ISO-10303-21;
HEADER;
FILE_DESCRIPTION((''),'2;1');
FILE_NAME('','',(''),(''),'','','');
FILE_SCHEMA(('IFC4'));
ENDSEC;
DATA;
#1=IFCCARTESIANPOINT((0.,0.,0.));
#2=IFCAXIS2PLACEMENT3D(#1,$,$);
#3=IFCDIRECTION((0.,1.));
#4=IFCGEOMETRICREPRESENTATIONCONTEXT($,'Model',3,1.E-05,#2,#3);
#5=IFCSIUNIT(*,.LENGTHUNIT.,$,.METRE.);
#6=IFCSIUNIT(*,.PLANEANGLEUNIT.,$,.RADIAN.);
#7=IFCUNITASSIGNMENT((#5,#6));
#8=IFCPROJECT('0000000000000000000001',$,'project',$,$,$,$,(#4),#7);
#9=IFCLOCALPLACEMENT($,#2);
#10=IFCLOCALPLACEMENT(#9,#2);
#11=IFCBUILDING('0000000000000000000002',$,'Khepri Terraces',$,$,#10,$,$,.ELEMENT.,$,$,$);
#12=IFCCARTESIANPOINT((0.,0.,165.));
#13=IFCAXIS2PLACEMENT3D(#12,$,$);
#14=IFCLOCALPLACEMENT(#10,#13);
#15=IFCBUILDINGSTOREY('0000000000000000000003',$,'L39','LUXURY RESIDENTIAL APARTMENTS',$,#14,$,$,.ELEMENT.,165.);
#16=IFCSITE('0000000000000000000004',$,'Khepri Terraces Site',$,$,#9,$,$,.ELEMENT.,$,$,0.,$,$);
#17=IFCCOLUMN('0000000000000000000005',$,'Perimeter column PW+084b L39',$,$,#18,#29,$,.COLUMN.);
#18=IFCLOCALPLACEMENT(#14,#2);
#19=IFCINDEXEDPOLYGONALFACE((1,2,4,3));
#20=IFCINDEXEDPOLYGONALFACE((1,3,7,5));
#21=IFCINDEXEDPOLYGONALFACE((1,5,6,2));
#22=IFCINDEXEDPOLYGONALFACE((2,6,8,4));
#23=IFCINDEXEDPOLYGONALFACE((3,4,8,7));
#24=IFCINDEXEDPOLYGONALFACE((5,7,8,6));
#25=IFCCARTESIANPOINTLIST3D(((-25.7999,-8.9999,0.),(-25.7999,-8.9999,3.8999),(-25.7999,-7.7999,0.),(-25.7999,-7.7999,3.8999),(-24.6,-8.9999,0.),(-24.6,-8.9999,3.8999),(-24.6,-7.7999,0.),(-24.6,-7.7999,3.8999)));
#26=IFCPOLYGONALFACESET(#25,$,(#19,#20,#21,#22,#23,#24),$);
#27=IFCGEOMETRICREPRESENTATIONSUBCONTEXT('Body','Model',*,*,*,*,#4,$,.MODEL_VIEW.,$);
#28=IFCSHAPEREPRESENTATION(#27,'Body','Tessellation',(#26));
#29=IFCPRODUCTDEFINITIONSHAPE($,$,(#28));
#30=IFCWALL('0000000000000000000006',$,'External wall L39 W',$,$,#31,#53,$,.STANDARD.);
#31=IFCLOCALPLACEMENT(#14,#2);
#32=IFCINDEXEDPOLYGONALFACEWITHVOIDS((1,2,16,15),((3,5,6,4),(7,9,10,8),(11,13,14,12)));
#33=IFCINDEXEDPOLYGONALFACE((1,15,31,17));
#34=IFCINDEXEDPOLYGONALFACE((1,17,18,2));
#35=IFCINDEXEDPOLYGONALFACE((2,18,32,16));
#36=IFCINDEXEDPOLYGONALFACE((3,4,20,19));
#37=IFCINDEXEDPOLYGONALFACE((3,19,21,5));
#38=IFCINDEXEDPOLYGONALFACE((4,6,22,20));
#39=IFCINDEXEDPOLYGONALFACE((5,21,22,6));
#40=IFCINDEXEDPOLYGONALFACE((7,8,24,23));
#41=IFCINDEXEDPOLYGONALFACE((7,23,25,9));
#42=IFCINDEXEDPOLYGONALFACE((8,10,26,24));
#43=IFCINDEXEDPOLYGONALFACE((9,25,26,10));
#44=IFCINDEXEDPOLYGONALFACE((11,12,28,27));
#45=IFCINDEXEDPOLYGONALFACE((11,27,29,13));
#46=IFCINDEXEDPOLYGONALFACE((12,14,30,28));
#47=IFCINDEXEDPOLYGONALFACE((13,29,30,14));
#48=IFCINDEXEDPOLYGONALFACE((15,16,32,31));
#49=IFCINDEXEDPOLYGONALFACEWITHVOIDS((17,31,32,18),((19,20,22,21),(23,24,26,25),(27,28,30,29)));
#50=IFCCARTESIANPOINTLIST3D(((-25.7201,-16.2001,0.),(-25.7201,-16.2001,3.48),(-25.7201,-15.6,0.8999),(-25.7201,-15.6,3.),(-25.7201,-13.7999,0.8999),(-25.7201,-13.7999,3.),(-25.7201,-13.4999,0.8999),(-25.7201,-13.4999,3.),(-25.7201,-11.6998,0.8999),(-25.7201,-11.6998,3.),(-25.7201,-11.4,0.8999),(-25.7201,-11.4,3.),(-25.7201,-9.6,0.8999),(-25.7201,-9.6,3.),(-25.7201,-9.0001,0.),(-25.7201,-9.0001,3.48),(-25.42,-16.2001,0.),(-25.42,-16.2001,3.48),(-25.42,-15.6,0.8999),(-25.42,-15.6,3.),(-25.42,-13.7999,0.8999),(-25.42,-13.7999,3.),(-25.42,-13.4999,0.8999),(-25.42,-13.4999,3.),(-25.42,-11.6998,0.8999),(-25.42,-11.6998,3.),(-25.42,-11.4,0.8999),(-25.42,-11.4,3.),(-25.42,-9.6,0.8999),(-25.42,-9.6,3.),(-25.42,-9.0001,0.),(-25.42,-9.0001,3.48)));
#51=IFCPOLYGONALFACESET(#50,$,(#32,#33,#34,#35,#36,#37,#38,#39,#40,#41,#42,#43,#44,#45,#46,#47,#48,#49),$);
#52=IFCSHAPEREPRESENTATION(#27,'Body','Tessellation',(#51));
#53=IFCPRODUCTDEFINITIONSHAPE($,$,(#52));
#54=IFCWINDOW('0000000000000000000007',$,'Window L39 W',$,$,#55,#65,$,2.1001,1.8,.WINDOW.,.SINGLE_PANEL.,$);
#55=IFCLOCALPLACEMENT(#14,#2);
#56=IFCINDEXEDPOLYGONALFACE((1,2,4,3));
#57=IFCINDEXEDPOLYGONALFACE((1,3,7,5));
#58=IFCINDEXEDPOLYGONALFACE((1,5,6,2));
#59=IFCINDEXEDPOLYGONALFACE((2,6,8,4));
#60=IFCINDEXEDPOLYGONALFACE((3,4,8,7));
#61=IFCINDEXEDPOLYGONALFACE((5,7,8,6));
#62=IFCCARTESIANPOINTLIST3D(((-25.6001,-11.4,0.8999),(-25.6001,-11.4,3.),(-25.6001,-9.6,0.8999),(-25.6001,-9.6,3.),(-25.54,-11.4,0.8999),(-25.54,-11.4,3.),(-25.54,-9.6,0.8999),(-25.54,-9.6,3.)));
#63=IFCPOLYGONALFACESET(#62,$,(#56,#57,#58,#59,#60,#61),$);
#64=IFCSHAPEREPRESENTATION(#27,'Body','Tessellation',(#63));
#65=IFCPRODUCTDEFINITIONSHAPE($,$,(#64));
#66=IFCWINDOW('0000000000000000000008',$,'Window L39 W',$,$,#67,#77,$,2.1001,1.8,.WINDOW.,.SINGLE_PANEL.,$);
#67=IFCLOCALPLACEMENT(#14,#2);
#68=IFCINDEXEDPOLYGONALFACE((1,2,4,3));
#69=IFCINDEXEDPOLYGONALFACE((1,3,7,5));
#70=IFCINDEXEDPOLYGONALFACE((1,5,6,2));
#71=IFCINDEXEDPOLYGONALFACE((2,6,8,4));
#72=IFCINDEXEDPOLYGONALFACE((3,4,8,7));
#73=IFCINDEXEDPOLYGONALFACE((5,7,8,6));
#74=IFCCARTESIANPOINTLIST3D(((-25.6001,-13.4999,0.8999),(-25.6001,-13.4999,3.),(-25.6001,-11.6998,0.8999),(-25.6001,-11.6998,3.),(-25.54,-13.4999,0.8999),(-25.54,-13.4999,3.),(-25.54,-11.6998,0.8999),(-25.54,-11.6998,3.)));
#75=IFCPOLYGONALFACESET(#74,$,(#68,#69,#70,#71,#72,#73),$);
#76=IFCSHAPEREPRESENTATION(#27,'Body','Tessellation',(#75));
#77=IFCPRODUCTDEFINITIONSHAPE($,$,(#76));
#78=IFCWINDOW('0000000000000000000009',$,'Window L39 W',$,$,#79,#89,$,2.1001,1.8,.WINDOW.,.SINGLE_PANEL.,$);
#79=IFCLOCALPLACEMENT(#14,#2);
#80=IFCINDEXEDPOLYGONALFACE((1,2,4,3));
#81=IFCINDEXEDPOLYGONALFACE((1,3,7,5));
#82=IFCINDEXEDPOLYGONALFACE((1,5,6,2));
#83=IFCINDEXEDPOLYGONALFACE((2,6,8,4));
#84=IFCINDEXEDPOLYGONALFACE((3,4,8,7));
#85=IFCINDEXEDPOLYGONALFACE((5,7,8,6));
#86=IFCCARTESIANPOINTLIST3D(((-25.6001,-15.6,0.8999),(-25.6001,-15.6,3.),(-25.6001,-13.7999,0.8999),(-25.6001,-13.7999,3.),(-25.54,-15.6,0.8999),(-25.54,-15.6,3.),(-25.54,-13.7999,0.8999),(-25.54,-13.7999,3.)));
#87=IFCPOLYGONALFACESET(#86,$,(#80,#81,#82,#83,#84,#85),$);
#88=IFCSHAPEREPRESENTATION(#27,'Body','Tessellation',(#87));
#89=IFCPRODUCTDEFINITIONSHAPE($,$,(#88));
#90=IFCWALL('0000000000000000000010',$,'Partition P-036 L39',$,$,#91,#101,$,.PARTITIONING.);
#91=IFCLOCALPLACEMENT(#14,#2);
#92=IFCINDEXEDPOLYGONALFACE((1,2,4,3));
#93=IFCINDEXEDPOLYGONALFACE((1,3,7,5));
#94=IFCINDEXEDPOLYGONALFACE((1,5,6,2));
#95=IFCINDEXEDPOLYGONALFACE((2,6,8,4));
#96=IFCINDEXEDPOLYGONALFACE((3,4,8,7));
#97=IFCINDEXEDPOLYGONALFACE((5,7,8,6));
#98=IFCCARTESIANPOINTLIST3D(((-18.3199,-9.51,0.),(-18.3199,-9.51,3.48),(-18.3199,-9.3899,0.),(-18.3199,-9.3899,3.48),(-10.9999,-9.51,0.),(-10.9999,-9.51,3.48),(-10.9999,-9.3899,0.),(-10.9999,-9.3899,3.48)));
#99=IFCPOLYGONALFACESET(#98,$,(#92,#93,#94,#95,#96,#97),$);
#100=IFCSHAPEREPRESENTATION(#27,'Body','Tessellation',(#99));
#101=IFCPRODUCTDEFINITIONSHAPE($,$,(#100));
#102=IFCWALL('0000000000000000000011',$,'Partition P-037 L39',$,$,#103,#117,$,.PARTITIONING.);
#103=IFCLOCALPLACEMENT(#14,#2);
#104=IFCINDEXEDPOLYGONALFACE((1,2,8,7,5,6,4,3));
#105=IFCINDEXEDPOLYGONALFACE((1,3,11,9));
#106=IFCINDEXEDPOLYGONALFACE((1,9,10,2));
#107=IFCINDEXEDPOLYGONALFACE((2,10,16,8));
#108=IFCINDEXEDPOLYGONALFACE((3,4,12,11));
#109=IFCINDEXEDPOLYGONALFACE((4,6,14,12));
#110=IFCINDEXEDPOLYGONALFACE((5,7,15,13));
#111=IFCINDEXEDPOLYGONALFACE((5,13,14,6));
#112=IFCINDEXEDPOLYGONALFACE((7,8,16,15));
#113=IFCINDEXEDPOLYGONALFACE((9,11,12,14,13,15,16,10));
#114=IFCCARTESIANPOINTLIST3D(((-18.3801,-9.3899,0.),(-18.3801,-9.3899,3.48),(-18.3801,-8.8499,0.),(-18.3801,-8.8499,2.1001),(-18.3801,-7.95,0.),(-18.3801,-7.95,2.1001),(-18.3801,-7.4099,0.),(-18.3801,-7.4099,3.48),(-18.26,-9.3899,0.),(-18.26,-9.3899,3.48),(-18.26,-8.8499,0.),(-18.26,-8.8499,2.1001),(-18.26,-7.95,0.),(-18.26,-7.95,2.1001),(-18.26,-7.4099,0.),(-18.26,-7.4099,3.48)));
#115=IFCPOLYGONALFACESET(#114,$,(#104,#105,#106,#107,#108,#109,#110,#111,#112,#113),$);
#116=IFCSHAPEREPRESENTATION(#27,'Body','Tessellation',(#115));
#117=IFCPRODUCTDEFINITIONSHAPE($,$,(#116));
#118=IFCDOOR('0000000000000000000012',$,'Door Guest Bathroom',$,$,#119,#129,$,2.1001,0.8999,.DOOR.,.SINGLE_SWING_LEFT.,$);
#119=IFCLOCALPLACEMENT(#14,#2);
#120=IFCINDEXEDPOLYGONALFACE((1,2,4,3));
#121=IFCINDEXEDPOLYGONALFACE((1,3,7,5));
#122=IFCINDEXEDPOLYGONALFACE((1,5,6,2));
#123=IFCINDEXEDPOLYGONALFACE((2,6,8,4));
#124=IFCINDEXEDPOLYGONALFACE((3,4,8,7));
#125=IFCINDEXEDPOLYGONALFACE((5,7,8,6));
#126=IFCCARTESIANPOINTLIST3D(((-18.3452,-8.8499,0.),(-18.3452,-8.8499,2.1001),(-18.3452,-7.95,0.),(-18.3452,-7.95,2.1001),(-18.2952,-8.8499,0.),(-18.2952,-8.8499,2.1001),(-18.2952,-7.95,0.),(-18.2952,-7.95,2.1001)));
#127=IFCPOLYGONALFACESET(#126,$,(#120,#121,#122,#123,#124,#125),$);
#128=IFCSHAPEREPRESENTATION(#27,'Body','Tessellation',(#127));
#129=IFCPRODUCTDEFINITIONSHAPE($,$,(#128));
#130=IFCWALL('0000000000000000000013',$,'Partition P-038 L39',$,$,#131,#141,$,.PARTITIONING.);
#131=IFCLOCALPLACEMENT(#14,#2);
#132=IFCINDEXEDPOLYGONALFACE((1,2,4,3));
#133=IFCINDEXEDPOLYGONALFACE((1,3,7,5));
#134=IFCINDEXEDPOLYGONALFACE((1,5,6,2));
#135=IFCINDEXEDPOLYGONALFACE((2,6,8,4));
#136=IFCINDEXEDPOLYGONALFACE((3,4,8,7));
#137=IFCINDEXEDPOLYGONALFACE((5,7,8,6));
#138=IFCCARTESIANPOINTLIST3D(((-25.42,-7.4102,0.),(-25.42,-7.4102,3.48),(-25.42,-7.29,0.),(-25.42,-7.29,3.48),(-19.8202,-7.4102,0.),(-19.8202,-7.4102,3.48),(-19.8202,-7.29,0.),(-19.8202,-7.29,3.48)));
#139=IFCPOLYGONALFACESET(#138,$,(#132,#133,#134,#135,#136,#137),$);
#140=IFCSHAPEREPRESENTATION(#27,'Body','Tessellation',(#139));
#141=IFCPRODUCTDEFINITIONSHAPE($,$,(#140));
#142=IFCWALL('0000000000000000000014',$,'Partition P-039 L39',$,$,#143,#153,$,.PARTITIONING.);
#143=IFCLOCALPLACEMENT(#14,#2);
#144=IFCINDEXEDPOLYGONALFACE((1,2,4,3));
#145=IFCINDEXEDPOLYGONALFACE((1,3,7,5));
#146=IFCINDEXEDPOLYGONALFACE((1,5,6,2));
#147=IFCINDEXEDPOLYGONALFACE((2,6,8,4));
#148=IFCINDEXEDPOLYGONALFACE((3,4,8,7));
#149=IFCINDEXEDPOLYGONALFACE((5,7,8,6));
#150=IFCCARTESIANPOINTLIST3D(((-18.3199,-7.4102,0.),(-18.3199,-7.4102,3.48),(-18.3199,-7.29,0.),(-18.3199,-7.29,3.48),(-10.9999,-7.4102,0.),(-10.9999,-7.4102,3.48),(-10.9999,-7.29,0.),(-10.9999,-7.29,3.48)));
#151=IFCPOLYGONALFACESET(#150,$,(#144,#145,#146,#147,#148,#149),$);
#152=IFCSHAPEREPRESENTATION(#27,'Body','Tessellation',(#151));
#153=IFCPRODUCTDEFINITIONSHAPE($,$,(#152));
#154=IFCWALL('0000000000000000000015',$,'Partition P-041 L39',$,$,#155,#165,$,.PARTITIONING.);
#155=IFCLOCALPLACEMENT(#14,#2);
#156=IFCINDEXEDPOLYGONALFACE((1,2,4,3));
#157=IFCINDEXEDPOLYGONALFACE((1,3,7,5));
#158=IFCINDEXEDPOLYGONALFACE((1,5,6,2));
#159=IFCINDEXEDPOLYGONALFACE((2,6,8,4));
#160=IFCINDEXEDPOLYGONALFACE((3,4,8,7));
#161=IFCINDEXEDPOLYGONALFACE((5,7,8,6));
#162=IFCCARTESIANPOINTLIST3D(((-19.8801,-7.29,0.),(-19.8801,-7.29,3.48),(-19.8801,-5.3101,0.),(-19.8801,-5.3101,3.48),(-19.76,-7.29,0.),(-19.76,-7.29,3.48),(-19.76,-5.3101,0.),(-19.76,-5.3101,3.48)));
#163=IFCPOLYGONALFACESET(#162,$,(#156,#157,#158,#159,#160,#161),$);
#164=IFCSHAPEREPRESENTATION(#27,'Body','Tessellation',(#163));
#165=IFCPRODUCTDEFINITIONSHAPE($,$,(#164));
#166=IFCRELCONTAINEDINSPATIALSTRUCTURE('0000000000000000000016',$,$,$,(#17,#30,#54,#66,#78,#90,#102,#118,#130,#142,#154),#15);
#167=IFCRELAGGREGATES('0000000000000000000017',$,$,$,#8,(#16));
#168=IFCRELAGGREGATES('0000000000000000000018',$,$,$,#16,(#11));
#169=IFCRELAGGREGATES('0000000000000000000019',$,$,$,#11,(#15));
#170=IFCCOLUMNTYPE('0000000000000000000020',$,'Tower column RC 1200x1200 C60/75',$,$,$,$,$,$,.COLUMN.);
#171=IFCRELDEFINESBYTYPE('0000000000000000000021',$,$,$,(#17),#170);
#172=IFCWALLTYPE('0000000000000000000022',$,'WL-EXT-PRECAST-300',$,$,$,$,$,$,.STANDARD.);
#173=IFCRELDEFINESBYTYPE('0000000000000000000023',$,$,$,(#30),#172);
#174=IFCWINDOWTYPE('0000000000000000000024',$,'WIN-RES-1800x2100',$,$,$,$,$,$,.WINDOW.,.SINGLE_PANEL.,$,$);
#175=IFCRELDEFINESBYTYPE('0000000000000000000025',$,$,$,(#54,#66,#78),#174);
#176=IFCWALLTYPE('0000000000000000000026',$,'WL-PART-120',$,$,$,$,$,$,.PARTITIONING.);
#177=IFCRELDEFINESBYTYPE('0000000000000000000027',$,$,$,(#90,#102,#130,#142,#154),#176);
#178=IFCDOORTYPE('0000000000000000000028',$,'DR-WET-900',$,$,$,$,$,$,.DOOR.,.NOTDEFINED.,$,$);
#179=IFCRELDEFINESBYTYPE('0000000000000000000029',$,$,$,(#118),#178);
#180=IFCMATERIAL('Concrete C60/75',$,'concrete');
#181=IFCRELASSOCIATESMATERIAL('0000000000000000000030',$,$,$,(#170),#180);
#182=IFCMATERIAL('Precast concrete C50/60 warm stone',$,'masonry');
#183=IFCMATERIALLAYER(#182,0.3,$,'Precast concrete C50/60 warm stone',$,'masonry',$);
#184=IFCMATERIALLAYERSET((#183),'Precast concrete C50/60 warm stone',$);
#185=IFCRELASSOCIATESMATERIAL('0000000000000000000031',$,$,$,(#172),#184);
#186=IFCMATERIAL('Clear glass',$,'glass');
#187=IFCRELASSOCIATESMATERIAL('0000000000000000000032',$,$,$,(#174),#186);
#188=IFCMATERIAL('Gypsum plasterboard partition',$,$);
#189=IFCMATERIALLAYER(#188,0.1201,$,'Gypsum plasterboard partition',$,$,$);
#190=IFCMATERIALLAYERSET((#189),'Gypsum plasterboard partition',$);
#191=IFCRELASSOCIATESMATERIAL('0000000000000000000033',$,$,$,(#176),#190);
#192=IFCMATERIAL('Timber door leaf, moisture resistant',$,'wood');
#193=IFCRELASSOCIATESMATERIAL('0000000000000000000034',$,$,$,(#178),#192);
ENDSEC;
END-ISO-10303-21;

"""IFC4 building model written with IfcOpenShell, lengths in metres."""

from ifc_helpers import new_model, si_unit, direction, frame, frame_2d, origin, origin_2d, place, context, subcontext, project, spatial, rectangle, extrude, material, layer, layer_set, material_profile, profile_set, type_object, element, fill, save


model = new_model("IFC4")

# Units and contexts
model_context = context("Model", 3, precision=1e-05, world=origin(), true_north=direction((0.0, 1.0)))
body_context = subcontext(model_context, "Body", "Model", "MODEL_VIEW")
ifc_project = project(units=[si_unit("LENGTHUNIT", "METRE"), si_unit("PLANEANGLEUNIT", "RADIAN")], contexts=[model_context])

# Site, building, storey
site_placement = place(None, origin())
site = spatial("IfcSite", under=ifc_project, at=site_placement, Name="Khepri Terraces Site", CompositionType="ELEMENT", RefElevation=0.0)
building_placement = place(site_placement, origin())
building = spatial("IfcBuilding", under=site, at=building_placement, Name="Khepri Terraces", CompositionType="ELEMENT")
storey_placement = place(building_placement, frame((0.0, 0.0, 165.0)))
storey = spatial("IfcBuildingStorey", under=building, at=storey_placement, Name="L39", Description="LUXURY RESIDENTIAL APARTMENTS", CompositionType="ELEMENT", Elevation=165.0)

# Column
ifc_material_1 = material(Name="Concrete C60/75", Category="concrete")
ifc_material_profile = material_profile(ifc_material_1, rectangle(XDim=1.2, YDim=1.2, at=origin_2d()), Name="Concrete C60/75", Category="concrete")
ifc_profile_set = profile_set([ifc_material_profile], Name="Concrete C60/75")
column_type = type_object("IfcColumnType", Name="Tower column RC 1200x1200 C60/75", PredefinedType="COLUMN", material=ifc_profile_set)
column_placement = place(storey_placement, frame((-25.2, -8.3999, 0.0), z_axis=(0.0, 0.0, 1.0), x_axis=(1.0, 0.0, 0.0)))
element("IfcColumn", 1, at=column_placement, inside=storey, type_object=column_type, Name="Perimeter column PW+084b L39", PredefinedType="COLUMN", context=body_context, shape_type="SweptSolid", body=[
    extrude(rectangle(XDim=1.2, YDim=1.2, at=origin_2d()), origin(), (0.0, 0.0, 1.0), 3.8999),
])

# Shared definitions
ifc_material_2 = material(Name="Precast concrete C50/60 warm stone", Category="masonry")
ifc_layer_1 = layer(ifc_material_2, 0.3, Name="Precast concrete C50/60 warm stone", Category="masonry")
ifc_layer_set_1 = layer_set([ifc_layer_1], Name="Precast concrete C50/60 warm stone")
wall_type_1 = type_object("IfcWallType", Name="WL-EXT-PRECAST-300", PredefinedType="STANDARD", material=ifc_layer_set_1)
ifc_material_3 = material(Name="Clear glass", Category="glass")
window_type = type_object("IfcWindowType", Name="WIN-RES-1800x2100", PartitioningType="SINGLE_PANEL", PredefinedType="WINDOW", material=ifc_material_3)

# Wall, openings, windows
wall_1_placement = place(storey_placement, frame((-25.5701, -9.0, 0.0), z_axis=(0.0, 0.0, 1.0), x_axis=(0.0, -1.0, 0.0)))
wall_1 = element("IfcWall", 2, at=wall_1_placement, inside=storey, type_object=wall_type_1, Name="External wall L39 W", PredefinedType="STANDARD", context=body_context, shape_type="SweptSolid", body=[
    extrude(rectangle(XDim=7.2, YDim=0.3, at=frame_2d((3.6001, 0.0))), origin(), (0.0, 0.0, 1.0), 3.48),
])
opening_1_placement = place(wall_1_placement, frame((0.6001, 0.0, 0.8999)))
opening_1 = element("IfcOpeningElement", 3, at=opening_1_placement, cuts=wall_1, PredefinedType="OPENING", context=body_context, shape_type="SweptSolid", body=[
    extrude(rectangle(XDim=1.8, YDim=2.1001, at=frame_2d((0.8999, 1.05))), frame((0.0, 0.1602, 0.0), z_axis=(0.0, -1.0, 0.0), x_axis=(1.0, 0.0, 0.0)), (0.0, 0.0, 1.0), 0.3201),
])
opening_2_placement = place(wall_1_placement, frame((2.7, 0.0, 0.8999)))
opening_2 = element("IfcOpeningElement", 4, at=opening_2_placement, cuts=wall_1, PredefinedType="OPENING", context=body_context, shape_type="SweptSolid", body=[
    extrude(rectangle(XDim=1.8, YDim=2.1001, at=frame_2d((0.8999, 1.05))), frame((0.0, 0.1602, 0.0), z_axis=(0.0, -1.0, 0.0), x_axis=(1.0, 0.0, 0.0)), (0.0, 0.0, 1.0), 0.3201),
])
opening_3_placement = place(wall_1_placement, frame((4.8, 0.0, 0.8999)))
opening_3 = element("IfcOpeningElement", 5, at=opening_3_placement, cuts=wall_1, PredefinedType="OPENING", context=body_context, shape_type="SweptSolid", body=[
    extrude(rectangle(XDim=1.8, YDim=2.1001, at=frame_2d((0.8999, 1.05))), frame((0.0, 0.1602, 0.0), z_axis=(0.0, -1.0, 0.0), x_axis=(1.0, 0.0, 0.0)), (0.0, 0.0, 1.0), 0.3201),
])
window_1_placement = place(opening_1_placement, origin())
window_1 = element("IfcWindow", 6, at=window_1_placement, inside=storey, type_object=window_type, Name="Window L39 W", OverallHeight=2.1001, OverallWidth=1.8, PartitioningType="SINGLE_PANEL", PredefinedType="WINDOW", context=body_context, shape_type="SweptSolid", body=[
    extrude(rectangle(XDim=1.8, YDim=2.1001, at=frame_2d((0.8999, 1.05))), frame((0.0, 0.03, 0.0), z_axis=(0.0, -1.0, 0.0), x_axis=(1.0, 0.0, 0.0)), (0.0, 0.0, 1.0), 0.0601),
])
fill(opening_1, window_1)
window_2_placement = place(opening_2_placement, origin())
window_2 = element("IfcWindow", 7, at=window_2_placement, inside=storey, type_object=window_type, Name="Window L39 W", OverallHeight=2.1001, OverallWidth=1.8, PartitioningType="SINGLE_PANEL", PredefinedType="WINDOW", context=body_context, shape_type="SweptSolid", body=[
    extrude(rectangle(XDim=1.8, YDim=2.1001, at=frame_2d((0.8999, 1.05))), frame((0.0, 0.03, 0.0), z_axis=(0.0, -1.0, 0.0), x_axis=(1.0, 0.0, 0.0)), (0.0, 0.0, 1.0), 0.0601),
])
fill(opening_2, window_2)
window_3_placement = place(opening_3_placement, origin())
window_3 = element("IfcWindow", 8, at=window_3_placement, inside=storey, type_object=window_type, Name="Window L39 W", OverallHeight=2.1001, OverallWidth=1.8, PartitioningType="SINGLE_PANEL", PredefinedType="WINDOW", context=body_context, shape_type="SweptSolid", body=[
    extrude(rectangle(XDim=1.8, YDim=2.1001, at=frame_2d((0.8999, 1.05))), frame((0.0, 0.03, 0.0), z_axis=(0.0, -1.0, 0.0), x_axis=(1.0, 0.0, 0.0)), (0.0, 0.0, 1.0), 0.0601),
])
fill(opening_3, window_3)

# Wall
ifc_material_4 = material(Name="Gypsum plasterboard partition")
ifc_layer_2 = layer(ifc_material_4, 0.1201, Name="Gypsum plasterboard partition")
ifc_layer_set_2 = layer_set([ifc_layer_2], Name="Gypsum plasterboard partition")
wall_type_2 = type_object("IfcWallType", Name="WL-PART-120", PredefinedType="PARTITIONING", material=ifc_layer_set_2)
wall_2_placement = place(storey_placement, frame((-18.3201, -9.45, 0.0), z_axis=(0.0, 0.0, 1.0), x_axis=(1.0, 0.0, 0.0)))
element("IfcWall", 9, at=wall_2_placement, inside=storey, type_object=wall_type_2, Name="Partition P-036 L39", PredefinedType="PARTITIONING", context=body_context, shape_type="SweptSolid", body=[
    extrude(rectangle(XDim=7.3201, YDim=0.1201, at=frame_2d((3.6602, 0.0))), origin(), (0.0, 0.0, 1.0), 3.48),
])

# Wall, opening, door
wall_3_placement = place(storey_placement, frame((-18.3201, -9.3899, 0.0), z_axis=(0.0, 0.0, 1.0), x_axis=(0.0, 1.0, 0.0)))
wall_3 = element("IfcWall", 10, at=wall_3_placement, inside=storey, type_object=wall_type_2, Name="Partition P-037 L39", PredefinedType="PARTITIONING", context=body_context, shape_type="SweptSolid", body=[
    extrude(rectangle(XDim=1.98, YDim=0.1201, at=frame_2d((0.99, 0.0))), origin(), (0.0, 0.0, 1.0), 3.48),
])
opening_4_placement = place(wall_3_placement, frame((0.54, 0.0, 0.0)))
opening_4 = element("IfcOpeningElement", 11, at=opening_4_placement, cuts=wall_3, PredefinedType="OPENING", context=body_context, shape_type="SweptSolid", body=[
    extrude(rectangle(XDim=0.8999, YDim=2.1001, at=frame_2d((0.45, 1.05))), frame((0.0, 0.0701, 0.0), z_axis=(0.0, -1.0, 0.0), x_axis=(1.0, 0.0, 0.0)), (0.0, 0.0, 1.0), 0.1401),
])
ifc_material_5 = material(Name="Timber door leaf, moisture resistant", Category="wood")
door_type_1 = type_object("IfcDoorType", Name="DR-WET-900", OperationType="NOTDEFINED", PredefinedType="DOOR", material=ifc_material_5)
door_1_placement = place(opening_4_placement, frame((0.8999, 0.0, 0.0), z_axis=(0.0, 0.0, 1.0), x_axis=(-1.0, 0.0, 0.0)))
door_1 = element("IfcDoor", 12, at=door_1_placement, inside=storey, type_object=door_type_1, Name="Door Guest Bathroom", OperationType="SINGLE_SWING_LEFT", OverallHeight=2.1001, OverallWidth=0.8999, PredefinedType="DOOR", context=body_context, shape_type="SweptSolid", body=[
    extrude(rectangle(XDim=0.8999, YDim=2.1001, at=frame_2d((0.45, 1.05))), frame((0.0, 0.0249, 0.0), z_axis=(0.0, -1.0, 0.0), x_axis=(1.0, 0.0, 0.0)), (0.0, 0.0, 1.0), 0.05),
])
fill(opening_4, door_1)

# Walls
wall_4_placement = place(storey_placement, frame((-25.4199, -7.3501, 0.0), z_axis=(0.0, 0.0, 1.0), x_axis=(1.0, 0.0, 0.0)))
element("IfcWall", 13, at=wall_4_placement, inside=storey, type_object=wall_type_2, Name="Partition P-038 L39", PredefinedType="PARTITIONING", context=body_context, shape_type="SweptSolid", body=[
    extrude(rectangle(XDim=5.5999, YDim=0.1201, at=frame_2d((2.7998, 0.0))), origin(), (0.0, 0.0, 1.0), 3.48),
])
wall_5_placement = place(storey_placement, frame((-18.3201, -7.3501, 0.0), z_axis=(0.0, 0.0, 1.0), x_axis=(1.0, 0.0, 0.0)))
element("IfcWall", 14, at=wall_5_placement, inside=storey, type_object=wall_type_2, Name="Partition P-039 L39", PredefinedType="PARTITIONING", context=body_context, shape_type="SweptSolid", body=[
    extrude(rectangle(XDim=7.3201, YDim=0.1201, at=frame_2d((3.6602, 0.0))), origin(), (0.0, 0.0, 1.0), 3.48),
])
wall_6_placement = place(storey_placement, frame((-19.8201, -7.29, 0.0), z_axis=(0.0, 0.0, 1.0), x_axis=(0.0, 1.0, 0.0)))
element("IfcWall", 15, at=wall_6_placement, inside=storey, type_object=wall_type_2, Name="Partition P-041 L39", PredefinedType="PARTITIONING", context=body_context, shape_type="SweptSolid", body=[
    extrude(rectangle(XDim=1.98, YDim=0.1201, at=frame_2d((0.99, 0.0))), origin(), (0.0, 0.0, 1.0), 3.48),
])

save(model, "model.ifc")
